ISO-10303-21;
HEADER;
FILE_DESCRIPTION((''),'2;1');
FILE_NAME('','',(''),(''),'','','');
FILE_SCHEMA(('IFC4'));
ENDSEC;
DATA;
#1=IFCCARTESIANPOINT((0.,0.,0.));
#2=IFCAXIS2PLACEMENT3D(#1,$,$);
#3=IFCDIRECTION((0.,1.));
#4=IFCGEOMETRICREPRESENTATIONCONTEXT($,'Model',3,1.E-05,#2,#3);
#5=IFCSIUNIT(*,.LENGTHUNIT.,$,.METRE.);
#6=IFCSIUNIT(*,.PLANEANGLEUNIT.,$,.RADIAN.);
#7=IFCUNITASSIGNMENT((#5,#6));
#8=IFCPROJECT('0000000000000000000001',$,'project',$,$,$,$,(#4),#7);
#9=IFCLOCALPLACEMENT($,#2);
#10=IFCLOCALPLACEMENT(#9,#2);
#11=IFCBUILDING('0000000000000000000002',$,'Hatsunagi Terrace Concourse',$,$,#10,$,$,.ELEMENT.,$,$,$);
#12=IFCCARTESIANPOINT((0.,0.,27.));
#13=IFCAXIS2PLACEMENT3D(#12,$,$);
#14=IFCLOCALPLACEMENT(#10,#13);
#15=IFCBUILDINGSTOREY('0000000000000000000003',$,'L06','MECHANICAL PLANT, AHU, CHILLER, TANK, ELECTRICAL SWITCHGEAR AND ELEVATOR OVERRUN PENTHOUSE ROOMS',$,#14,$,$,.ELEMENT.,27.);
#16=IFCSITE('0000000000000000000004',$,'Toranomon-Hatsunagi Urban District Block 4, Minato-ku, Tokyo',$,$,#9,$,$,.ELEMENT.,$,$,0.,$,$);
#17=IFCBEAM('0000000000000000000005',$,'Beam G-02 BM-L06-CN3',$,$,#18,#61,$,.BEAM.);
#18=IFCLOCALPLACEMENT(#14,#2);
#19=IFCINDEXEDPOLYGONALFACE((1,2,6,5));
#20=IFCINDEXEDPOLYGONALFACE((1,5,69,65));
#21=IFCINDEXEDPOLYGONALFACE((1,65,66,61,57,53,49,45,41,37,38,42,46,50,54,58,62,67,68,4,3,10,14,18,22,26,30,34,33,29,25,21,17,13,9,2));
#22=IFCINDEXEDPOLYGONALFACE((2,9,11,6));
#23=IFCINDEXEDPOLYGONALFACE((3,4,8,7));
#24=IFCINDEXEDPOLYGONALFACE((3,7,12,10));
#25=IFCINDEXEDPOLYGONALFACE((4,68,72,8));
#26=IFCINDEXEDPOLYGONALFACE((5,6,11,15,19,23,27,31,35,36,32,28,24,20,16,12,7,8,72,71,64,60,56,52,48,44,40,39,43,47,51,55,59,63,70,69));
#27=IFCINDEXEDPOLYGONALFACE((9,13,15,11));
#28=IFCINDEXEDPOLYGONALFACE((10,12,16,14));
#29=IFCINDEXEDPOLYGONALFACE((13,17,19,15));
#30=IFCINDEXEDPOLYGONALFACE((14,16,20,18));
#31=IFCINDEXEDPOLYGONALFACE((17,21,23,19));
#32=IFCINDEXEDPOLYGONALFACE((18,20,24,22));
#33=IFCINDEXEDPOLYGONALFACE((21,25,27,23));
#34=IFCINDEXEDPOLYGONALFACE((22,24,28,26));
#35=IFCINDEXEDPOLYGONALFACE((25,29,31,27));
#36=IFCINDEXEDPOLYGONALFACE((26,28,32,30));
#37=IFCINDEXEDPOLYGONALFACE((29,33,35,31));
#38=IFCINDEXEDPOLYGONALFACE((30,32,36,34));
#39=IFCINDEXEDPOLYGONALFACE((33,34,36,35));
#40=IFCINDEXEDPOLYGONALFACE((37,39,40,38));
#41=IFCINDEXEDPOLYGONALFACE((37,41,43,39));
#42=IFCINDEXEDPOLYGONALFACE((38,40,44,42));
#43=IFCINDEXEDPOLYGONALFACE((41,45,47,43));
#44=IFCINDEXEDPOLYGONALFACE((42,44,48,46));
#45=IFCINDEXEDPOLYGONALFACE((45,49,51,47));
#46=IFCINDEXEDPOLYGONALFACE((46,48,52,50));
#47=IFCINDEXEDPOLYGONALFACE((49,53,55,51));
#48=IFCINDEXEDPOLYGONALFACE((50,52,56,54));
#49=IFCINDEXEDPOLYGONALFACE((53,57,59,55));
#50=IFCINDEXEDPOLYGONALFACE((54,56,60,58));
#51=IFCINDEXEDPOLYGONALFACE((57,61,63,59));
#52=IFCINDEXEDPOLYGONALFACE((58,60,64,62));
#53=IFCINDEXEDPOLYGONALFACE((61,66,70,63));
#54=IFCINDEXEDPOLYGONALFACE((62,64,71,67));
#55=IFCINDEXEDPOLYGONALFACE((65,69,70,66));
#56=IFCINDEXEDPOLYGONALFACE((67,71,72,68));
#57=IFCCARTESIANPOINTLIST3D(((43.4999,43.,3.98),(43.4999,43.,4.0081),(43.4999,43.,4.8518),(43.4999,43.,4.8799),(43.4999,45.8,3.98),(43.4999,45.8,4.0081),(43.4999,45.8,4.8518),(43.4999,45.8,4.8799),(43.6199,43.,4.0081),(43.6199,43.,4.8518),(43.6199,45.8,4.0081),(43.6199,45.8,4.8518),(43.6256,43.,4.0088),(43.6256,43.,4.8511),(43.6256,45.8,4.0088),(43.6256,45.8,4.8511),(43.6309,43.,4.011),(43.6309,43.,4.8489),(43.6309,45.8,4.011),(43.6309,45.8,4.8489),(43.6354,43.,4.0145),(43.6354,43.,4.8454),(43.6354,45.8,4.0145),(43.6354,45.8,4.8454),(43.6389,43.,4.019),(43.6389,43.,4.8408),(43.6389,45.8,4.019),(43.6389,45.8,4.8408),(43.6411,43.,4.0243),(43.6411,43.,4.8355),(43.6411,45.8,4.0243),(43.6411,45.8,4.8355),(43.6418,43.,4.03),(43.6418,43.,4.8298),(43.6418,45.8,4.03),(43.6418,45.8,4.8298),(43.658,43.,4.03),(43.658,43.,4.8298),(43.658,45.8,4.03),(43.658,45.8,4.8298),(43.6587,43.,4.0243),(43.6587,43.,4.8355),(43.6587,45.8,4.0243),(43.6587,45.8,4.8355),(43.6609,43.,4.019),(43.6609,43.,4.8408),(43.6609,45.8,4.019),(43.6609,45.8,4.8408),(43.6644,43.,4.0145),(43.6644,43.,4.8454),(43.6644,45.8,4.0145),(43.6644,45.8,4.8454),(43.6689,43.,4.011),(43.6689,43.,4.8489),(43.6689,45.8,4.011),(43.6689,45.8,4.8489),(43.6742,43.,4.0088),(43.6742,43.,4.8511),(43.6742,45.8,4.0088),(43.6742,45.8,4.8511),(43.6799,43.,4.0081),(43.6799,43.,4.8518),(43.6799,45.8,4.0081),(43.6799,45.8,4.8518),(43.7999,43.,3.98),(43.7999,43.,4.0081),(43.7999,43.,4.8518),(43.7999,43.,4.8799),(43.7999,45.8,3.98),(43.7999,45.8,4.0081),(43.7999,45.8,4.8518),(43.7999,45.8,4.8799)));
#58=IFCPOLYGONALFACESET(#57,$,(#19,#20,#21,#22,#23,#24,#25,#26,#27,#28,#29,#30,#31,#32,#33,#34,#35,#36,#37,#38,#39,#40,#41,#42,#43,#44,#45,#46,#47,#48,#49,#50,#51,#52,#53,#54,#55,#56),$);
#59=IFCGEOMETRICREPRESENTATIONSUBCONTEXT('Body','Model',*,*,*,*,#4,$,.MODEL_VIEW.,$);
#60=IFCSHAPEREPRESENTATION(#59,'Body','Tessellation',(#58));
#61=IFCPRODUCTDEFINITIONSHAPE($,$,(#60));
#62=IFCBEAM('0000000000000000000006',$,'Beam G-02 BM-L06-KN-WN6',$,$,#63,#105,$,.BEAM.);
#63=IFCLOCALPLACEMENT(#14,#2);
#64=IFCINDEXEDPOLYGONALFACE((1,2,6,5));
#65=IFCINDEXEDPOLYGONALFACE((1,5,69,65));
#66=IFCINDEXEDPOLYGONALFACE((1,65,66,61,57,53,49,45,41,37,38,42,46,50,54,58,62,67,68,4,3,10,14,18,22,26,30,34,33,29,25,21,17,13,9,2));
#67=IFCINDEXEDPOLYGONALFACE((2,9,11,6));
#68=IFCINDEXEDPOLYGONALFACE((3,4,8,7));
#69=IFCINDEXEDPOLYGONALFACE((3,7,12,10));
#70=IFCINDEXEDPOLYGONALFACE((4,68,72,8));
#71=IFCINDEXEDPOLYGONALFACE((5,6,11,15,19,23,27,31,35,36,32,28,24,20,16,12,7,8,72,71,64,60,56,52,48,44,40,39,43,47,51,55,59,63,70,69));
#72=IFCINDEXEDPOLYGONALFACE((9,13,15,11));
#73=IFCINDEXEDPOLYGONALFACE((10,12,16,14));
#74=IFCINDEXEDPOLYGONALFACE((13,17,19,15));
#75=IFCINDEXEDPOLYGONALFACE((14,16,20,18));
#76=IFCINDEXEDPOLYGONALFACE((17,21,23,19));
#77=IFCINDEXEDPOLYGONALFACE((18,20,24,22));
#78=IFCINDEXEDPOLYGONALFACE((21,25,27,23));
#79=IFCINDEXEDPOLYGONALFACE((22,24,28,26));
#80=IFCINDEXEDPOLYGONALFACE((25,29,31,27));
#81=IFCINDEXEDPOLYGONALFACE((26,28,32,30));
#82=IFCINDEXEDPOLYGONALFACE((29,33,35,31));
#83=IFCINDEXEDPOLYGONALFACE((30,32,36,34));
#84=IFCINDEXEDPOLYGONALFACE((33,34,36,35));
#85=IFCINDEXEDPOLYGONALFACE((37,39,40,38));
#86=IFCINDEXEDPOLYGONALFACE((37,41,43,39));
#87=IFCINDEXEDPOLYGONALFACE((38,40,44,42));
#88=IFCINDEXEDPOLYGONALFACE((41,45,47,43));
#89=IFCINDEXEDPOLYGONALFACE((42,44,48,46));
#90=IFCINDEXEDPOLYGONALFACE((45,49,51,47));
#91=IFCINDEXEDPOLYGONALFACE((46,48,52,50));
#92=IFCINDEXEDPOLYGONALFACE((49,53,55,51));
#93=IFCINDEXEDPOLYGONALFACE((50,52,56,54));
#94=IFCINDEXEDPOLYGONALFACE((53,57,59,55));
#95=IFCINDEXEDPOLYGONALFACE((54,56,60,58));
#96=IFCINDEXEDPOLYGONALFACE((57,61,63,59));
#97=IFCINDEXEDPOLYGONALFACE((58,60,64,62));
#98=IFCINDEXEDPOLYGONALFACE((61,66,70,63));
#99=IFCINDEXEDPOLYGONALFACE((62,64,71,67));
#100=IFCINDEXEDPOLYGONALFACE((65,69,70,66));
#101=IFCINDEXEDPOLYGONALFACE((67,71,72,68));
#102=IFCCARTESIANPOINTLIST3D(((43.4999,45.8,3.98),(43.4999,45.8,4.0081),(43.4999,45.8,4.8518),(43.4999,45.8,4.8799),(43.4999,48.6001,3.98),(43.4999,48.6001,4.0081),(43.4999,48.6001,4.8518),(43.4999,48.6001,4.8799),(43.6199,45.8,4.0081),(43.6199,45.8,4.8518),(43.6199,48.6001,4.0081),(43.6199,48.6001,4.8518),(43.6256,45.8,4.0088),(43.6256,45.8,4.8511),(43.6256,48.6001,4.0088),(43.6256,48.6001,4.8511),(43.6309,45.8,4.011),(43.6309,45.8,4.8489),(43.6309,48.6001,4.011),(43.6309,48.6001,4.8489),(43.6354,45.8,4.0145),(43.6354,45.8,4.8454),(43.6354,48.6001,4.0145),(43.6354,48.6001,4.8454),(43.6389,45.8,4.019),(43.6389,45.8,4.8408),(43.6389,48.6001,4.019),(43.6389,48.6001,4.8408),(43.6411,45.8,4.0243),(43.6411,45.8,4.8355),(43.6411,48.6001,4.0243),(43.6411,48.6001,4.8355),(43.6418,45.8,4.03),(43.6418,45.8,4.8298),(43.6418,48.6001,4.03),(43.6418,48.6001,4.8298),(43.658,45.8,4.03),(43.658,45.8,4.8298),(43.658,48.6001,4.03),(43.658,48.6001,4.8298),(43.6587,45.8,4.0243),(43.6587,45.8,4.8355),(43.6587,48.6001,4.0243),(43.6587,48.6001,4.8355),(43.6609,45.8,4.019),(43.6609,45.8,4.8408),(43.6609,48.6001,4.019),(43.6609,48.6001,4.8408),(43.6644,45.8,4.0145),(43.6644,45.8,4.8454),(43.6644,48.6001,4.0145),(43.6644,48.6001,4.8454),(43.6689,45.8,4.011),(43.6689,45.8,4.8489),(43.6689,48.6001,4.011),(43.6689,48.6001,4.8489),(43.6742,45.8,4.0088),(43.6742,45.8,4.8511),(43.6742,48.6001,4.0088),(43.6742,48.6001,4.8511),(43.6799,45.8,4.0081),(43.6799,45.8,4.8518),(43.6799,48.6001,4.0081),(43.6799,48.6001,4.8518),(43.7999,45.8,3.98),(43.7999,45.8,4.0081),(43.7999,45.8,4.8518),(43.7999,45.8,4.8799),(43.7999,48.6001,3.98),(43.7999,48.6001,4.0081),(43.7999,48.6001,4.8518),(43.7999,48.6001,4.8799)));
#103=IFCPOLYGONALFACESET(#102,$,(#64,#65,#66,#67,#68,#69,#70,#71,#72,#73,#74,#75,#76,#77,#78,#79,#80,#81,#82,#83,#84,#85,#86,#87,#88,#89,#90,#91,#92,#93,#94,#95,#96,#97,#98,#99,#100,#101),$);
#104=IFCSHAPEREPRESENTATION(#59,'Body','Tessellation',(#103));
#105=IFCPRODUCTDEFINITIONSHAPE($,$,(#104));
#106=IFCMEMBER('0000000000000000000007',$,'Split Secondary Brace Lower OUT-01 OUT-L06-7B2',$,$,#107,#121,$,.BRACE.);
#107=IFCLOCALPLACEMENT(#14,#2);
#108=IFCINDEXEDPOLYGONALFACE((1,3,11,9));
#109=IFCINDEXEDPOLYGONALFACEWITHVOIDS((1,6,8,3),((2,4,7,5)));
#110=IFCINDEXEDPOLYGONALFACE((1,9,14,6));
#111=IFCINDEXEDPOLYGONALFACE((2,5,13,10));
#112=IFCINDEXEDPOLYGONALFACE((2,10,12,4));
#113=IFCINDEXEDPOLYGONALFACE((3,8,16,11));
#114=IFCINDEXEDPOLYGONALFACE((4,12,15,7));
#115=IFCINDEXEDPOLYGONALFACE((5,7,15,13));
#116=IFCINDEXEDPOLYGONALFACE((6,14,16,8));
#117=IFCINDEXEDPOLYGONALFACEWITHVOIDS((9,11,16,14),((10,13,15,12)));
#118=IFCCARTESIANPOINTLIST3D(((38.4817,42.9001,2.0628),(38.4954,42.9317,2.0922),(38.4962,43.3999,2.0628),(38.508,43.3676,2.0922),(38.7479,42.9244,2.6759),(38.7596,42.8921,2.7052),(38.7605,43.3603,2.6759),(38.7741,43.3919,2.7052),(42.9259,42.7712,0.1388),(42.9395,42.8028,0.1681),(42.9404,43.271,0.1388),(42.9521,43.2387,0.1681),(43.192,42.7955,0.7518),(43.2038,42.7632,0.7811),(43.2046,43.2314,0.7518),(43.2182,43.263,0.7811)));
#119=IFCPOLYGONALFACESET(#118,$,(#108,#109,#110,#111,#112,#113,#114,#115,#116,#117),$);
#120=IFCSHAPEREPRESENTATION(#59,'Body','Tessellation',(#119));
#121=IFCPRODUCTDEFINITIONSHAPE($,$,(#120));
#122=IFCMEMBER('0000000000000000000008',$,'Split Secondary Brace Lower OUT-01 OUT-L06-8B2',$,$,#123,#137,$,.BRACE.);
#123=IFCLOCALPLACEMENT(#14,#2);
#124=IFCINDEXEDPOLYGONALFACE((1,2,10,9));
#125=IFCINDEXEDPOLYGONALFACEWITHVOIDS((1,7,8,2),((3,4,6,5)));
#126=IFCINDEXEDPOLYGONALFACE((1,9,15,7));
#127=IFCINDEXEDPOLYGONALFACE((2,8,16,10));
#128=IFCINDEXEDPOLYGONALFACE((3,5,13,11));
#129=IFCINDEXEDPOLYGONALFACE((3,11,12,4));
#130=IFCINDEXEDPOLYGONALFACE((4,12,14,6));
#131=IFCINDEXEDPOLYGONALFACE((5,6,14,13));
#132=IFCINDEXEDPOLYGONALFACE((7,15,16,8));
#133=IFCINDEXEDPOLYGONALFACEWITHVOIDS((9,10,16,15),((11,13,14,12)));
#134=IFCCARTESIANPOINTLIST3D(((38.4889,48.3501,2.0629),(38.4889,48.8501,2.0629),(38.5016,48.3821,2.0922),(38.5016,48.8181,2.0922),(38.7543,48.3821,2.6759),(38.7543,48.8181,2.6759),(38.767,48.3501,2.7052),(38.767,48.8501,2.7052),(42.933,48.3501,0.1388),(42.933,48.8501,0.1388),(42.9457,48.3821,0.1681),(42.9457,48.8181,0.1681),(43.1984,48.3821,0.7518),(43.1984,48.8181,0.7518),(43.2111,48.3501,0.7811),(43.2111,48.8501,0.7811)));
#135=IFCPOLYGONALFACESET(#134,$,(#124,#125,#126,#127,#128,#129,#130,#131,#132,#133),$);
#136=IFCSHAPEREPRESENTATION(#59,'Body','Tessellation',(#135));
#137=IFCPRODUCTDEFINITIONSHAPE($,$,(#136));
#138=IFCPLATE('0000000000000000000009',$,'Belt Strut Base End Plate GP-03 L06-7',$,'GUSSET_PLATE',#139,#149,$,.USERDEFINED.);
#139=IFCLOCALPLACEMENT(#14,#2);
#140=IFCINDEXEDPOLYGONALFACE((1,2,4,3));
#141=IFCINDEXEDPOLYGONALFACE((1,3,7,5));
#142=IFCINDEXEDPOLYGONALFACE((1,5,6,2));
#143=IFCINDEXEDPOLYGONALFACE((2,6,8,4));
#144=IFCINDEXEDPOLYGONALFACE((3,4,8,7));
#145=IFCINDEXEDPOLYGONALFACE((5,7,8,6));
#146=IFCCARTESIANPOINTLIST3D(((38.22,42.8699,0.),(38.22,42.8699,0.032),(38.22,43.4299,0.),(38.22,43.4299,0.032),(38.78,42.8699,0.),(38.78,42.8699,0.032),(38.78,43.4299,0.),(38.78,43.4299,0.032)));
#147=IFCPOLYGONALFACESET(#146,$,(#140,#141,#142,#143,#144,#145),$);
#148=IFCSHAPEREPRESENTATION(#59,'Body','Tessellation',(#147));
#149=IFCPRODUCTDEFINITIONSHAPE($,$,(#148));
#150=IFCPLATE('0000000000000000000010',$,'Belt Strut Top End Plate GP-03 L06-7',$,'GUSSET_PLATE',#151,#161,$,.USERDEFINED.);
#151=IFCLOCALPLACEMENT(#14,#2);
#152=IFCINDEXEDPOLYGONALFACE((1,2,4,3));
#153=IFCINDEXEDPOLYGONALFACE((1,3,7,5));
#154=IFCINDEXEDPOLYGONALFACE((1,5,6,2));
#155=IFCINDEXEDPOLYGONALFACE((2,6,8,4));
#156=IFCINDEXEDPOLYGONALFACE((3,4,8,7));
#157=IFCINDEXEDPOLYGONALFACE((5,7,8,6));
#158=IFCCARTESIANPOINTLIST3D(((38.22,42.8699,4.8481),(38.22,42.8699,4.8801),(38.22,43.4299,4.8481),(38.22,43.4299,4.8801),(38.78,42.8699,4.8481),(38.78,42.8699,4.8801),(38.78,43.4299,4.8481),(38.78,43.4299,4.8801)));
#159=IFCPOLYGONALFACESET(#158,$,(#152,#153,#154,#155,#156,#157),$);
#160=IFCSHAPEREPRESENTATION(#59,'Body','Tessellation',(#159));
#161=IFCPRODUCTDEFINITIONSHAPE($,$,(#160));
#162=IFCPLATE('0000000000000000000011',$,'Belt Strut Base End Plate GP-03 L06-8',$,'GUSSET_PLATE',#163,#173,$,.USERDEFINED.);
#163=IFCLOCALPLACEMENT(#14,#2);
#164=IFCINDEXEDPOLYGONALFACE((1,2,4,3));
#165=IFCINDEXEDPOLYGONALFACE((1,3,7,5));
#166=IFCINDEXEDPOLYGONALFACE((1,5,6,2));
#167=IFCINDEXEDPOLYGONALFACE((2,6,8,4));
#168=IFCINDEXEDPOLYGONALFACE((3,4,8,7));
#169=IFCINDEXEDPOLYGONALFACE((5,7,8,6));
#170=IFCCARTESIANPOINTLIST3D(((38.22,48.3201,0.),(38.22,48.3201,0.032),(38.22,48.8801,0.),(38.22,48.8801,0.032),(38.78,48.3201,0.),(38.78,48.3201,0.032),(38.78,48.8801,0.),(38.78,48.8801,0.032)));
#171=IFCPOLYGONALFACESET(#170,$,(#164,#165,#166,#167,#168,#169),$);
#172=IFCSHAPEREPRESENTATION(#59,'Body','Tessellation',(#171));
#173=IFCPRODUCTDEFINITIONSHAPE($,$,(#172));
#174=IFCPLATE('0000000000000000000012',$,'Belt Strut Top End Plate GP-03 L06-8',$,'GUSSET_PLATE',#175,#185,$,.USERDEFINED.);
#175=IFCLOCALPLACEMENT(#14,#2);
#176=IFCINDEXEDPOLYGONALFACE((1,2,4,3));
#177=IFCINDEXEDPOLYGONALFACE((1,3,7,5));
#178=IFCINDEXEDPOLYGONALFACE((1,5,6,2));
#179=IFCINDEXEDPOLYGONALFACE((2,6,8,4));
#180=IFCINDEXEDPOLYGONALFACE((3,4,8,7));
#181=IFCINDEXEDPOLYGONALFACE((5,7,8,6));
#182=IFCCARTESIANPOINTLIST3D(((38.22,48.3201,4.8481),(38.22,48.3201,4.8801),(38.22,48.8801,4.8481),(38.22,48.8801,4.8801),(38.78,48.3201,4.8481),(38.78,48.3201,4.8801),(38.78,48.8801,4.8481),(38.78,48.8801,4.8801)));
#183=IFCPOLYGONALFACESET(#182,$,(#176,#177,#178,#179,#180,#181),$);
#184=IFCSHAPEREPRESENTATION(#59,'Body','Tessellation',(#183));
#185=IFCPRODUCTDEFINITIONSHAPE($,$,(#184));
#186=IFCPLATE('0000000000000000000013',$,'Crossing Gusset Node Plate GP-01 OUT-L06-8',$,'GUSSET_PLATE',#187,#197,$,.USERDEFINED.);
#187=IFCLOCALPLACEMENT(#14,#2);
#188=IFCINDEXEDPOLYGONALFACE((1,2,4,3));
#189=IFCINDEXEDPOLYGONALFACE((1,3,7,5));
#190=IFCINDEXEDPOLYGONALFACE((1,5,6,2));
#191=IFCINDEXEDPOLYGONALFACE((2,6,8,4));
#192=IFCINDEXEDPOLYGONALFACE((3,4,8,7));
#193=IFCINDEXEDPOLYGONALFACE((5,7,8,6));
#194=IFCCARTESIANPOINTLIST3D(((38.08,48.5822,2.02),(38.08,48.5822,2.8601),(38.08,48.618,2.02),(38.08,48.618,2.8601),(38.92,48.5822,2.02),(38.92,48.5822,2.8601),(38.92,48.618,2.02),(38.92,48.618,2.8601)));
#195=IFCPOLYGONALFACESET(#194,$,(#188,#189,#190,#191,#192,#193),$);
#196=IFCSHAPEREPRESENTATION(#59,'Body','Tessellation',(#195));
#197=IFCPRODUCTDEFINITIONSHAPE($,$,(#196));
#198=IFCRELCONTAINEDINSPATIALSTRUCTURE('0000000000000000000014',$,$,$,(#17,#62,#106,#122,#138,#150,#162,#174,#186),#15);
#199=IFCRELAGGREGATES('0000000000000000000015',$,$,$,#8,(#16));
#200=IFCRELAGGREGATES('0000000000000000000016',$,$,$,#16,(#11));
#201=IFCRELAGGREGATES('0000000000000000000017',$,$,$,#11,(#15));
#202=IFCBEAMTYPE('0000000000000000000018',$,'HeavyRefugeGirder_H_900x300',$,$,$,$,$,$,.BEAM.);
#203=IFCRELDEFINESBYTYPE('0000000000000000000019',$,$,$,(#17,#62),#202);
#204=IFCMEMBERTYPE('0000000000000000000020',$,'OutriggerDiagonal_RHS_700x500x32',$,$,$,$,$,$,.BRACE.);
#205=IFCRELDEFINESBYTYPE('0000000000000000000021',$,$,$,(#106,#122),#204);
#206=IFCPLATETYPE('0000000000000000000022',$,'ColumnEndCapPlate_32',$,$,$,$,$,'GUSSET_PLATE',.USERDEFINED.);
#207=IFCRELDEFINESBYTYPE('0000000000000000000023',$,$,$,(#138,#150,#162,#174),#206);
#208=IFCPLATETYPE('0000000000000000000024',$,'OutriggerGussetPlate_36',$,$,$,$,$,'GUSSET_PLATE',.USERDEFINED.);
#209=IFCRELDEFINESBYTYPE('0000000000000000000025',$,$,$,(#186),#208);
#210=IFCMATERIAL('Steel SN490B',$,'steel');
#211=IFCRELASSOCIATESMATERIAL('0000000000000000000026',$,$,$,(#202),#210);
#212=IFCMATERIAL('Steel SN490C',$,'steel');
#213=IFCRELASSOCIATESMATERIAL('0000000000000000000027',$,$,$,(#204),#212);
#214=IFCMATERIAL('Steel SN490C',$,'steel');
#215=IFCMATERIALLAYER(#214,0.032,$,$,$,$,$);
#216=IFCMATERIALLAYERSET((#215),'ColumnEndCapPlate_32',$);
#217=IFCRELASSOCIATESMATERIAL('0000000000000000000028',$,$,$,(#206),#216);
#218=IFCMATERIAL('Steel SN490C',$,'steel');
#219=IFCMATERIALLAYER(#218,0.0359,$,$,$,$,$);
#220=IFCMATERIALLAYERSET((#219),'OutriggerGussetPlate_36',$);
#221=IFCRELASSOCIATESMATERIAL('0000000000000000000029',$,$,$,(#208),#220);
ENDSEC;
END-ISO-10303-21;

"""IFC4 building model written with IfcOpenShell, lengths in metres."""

from ifc_helpers import new_model, si_unit, direction, frame, origin, origin_2d, place, context, subcontext, project, spatial, rectangle, hollow_rectangle, i_section, extrude, material, layer, layer_set, material_profile, profile_set, type_object, element, save


model = new_model("IFC4")

# Units and contexts
model_context = context("Model", 3, precision=1e-05, world=origin(), true_north=direction((0.0, 1.0)))
body_context = subcontext(model_context, "Body", "Model", "MODEL_VIEW")
ifc_project = project(units=[si_unit("LENGTHUNIT", "METRE"), si_unit("PLANEANGLEUNIT", "RADIAN")], contexts=[model_context])

# Site, building, storey
site_placement = place(None, origin())
site = spatial("IfcSite", under=ifc_project, at=site_placement, Name="Toranomon-Hatsunagi Urban District Block 4, Minato-ku, Tokyo", CompositionType="ELEMENT", RefElevation=0.0)
building_placement = place(site_placement, origin())
building = spatial("IfcBuilding", under=site, at=building_placement, Name="Hatsunagi Terrace Concourse", CompositionType="ELEMENT")
storey_placement = place(building_placement, frame((0.0, 0.0, 27.0)))
storey = spatial("IfcBuildingStorey", under=building, at=storey_placement, Name="L06", Description="MECHANICAL PLANT, AHU, CHILLER, TANK, ELECTRICAL SWITCHGEAR AND ELEVATOR OVERRUN PENTHOUSE ROOMS", CompositionType="ELEMENT", Elevation=27.0)

# Beams
ifc_material_1 = material(Name="Steel SN490B", Category="steel")
ifc_material_profile_1 = material_profile(ifc_material_1, i_section(OverallWidth=0.3, OverallDepth=0.8999, WebThickness=0.0161, FlangeThickness=0.0281, FilletRadius=0.022, at=origin_2d()), Name="H-900x300x16x28")
ifc_profile_set_1 = profile_set([ifc_material_profile_1], Name="Steel SN490B")
beam_type = type_object("IfcBeamType", Name="HeavyRefugeGirder_H_900x300", PredefinedType="BEAM", material=ifc_profile_set_1)
for number, where, z_axis, x_axis, name in (
    (1, (43.6499, 43.0, 4.4299), (0.0, 1.0, 0.0), (-1.0, 0.0, 0.0), "Beam G-02 BM-L06-CN3"),
    (2, (43.6499, 45.8, 4.4299), (0.0, 1.0, 0.0), (-1.0, 0.0, 0.0), "Beam G-02 BM-L06-KN-WN6"),
):
    element("IfcBeam", number, at=place(storey_placement, frame(where, z_axis=z_axis, x_axis=x_axis)), inside=storey, type_object=beam_type, Name=name, PredefinedType="BEAM", context=body_context, shape_type="SweptSolid", body=[
        extrude(i_section(OverallWidth=0.3, OverallDepth=0.8999, WebThickness=0.0161, FlangeThickness=0.0281, FilletRadius=0.022, at=origin_2d()), origin(), (0.0, 0.0, 1.0), 2.8),
    ])

# Members
ifc_material_2 = material(Name="Steel SN490C", Category="steel")
ifc_material_profile_2 = material_profile(ifc_material_2, hollow_rectangle(XDim=0.5, YDim=0.7, WallThickness=0.032, at=origin_2d()), Name="RHS-700x500x32")
ifc_profile_set_2 = profile_set([ifc_material_profile_2], Name="Steel SN490C")
member_type_1 = type_object("IfcMemberType", Name="OutriggerDiagonal_RHS_700x500x32", PredefinedType="BRACE", material=ifc_profile_set_2)
member_1_placement = place(storey_placement, frame((38.6279, 43.146, 2.384), z_axis=(0.917359, -0.026609, -0.397171), x_axis=(0.028994, 0.99958, 0.0)))
element("IfcMember", 3, at=member_1_placement, inside=storey, type_object=member_type_1, Name="Split Secondary Brace Lower OUT-01 OUT-L06-7B2", PredefinedType="BRACE", context=body_context, shape_type="SweptSolid", body=[
    extrude(hollow_rectangle(XDim=0.5, YDim=0.7, WallThickness=0.032, at=origin_2d()), origin(), (0.0, 0.0, 1.0), 4.8445),
])
member_2_placement = place(storey_placement, frame((38.6279, 48.6001, 2.384), z_axis=(0.917684, 0.0, -0.397312), x_axis=(0.0, 1.0, 0.0)))
element("IfcMember", 4, at=member_2_placement, inside=storey, type_object=member_type_1, Name="Split Secondary Brace Lower OUT-01 OUT-L06-8B2", PredefinedType="BRACE", context=body_context, shape_type="SweptSolid", body=[
    extrude(hollow_rectangle(XDim=0.5, YDim=0.7, WallThickness=0.032, at=origin_2d()), origin(), (0.0, 0.0, 1.0), 4.8428),
])

# Plates
ifc_material_3 = material(Name="Steel SN490C", Category="steel")
ifc_layer_1 = layer(ifc_material_3, 0.032)
ifc_layer_set_1 = layer_set([ifc_layer_1], Name="ColumnEndCapPlate_32")
plate_type_1 = type_object("IfcPlateType", Name="ColumnEndCapPlate_32", ElementType="GUSSET_PLATE", PredefinedType="USERDEFINED", material=ifc_layer_set_1)
for number, where, z_axis, x_axis, name in (
    (5, (38.5, 43.1499, 0.0), (0.0, 0.0, 1.0), (1.0, 0.0, 0.0), "Belt Strut Base End Plate GP-03 L06-7"),
    (6, (38.5, 43.1499, 4.8481), (0.0, 0.0, 1.0), (1.0, 0.0, 0.0), "Belt Strut Top End Plate GP-03 L06-7"),
    (7, (38.5, 48.6001, 0.0), (0.0, 0.0, 1.0), (1.0, 0.0, 0.0), "Belt Strut Base End Plate GP-03 L06-8"),
    (8, (38.5, 48.6001, 4.8481), (0.0, 0.0, 1.0), (1.0, 0.0, 0.0), "Belt Strut Top End Plate GP-03 L06-8"),
):
    element("IfcPlate", number, at=place(storey_placement, frame(where, z_axis=z_axis, x_axis=x_axis)), inside=storey, type_object=plate_type_1, Name=name, ObjectType="GUSSET_PLATE", PredefinedType="USERDEFINED", context=body_context, shape_type="SweptSolid", body=[
        extrude(rectangle(XDim=0.5601, YDim=0.5601, at=origin_2d()), origin(), (0.0, 0.0, 1.0), 0.032),
    ])
ifc_material_4 = material(Name="Steel SN490C", Category="steel")
ifc_layer_2 = layer(ifc_material_4, 0.0359)
ifc_layer_set_2 = layer_set([ifc_layer_2], Name="OutriggerGussetPlate_36")
plate_type_2 = type_object("IfcPlateType", Name="OutriggerGussetPlate_36", ElementType="GUSSET_PLATE", PredefinedType="USERDEFINED", material=ifc_layer_set_2)
plate_placement = place(storey_placement, frame((38.5, 48.6001, 2.02), z_axis=(0.0, 0.0, 1.0), x_axis=(1.0, 0.0, 0.0)))
element("IfcPlate", 9, at=plate_placement, inside=storey, type_object=plate_type_2, Name="Crossing Gusset Node Plate GP-01 OUT-L06-8", ObjectType="GUSSET_PLATE", PredefinedType="USERDEFINED", context=body_context, shape_type="SweptSolid", body=[
    extrude(rectangle(XDim=0.8401, YDim=0.0359, at=origin_2d()), origin(), (0.0, 0.0, 1.0), 0.8401),
])

save(model, "model.ifc")
